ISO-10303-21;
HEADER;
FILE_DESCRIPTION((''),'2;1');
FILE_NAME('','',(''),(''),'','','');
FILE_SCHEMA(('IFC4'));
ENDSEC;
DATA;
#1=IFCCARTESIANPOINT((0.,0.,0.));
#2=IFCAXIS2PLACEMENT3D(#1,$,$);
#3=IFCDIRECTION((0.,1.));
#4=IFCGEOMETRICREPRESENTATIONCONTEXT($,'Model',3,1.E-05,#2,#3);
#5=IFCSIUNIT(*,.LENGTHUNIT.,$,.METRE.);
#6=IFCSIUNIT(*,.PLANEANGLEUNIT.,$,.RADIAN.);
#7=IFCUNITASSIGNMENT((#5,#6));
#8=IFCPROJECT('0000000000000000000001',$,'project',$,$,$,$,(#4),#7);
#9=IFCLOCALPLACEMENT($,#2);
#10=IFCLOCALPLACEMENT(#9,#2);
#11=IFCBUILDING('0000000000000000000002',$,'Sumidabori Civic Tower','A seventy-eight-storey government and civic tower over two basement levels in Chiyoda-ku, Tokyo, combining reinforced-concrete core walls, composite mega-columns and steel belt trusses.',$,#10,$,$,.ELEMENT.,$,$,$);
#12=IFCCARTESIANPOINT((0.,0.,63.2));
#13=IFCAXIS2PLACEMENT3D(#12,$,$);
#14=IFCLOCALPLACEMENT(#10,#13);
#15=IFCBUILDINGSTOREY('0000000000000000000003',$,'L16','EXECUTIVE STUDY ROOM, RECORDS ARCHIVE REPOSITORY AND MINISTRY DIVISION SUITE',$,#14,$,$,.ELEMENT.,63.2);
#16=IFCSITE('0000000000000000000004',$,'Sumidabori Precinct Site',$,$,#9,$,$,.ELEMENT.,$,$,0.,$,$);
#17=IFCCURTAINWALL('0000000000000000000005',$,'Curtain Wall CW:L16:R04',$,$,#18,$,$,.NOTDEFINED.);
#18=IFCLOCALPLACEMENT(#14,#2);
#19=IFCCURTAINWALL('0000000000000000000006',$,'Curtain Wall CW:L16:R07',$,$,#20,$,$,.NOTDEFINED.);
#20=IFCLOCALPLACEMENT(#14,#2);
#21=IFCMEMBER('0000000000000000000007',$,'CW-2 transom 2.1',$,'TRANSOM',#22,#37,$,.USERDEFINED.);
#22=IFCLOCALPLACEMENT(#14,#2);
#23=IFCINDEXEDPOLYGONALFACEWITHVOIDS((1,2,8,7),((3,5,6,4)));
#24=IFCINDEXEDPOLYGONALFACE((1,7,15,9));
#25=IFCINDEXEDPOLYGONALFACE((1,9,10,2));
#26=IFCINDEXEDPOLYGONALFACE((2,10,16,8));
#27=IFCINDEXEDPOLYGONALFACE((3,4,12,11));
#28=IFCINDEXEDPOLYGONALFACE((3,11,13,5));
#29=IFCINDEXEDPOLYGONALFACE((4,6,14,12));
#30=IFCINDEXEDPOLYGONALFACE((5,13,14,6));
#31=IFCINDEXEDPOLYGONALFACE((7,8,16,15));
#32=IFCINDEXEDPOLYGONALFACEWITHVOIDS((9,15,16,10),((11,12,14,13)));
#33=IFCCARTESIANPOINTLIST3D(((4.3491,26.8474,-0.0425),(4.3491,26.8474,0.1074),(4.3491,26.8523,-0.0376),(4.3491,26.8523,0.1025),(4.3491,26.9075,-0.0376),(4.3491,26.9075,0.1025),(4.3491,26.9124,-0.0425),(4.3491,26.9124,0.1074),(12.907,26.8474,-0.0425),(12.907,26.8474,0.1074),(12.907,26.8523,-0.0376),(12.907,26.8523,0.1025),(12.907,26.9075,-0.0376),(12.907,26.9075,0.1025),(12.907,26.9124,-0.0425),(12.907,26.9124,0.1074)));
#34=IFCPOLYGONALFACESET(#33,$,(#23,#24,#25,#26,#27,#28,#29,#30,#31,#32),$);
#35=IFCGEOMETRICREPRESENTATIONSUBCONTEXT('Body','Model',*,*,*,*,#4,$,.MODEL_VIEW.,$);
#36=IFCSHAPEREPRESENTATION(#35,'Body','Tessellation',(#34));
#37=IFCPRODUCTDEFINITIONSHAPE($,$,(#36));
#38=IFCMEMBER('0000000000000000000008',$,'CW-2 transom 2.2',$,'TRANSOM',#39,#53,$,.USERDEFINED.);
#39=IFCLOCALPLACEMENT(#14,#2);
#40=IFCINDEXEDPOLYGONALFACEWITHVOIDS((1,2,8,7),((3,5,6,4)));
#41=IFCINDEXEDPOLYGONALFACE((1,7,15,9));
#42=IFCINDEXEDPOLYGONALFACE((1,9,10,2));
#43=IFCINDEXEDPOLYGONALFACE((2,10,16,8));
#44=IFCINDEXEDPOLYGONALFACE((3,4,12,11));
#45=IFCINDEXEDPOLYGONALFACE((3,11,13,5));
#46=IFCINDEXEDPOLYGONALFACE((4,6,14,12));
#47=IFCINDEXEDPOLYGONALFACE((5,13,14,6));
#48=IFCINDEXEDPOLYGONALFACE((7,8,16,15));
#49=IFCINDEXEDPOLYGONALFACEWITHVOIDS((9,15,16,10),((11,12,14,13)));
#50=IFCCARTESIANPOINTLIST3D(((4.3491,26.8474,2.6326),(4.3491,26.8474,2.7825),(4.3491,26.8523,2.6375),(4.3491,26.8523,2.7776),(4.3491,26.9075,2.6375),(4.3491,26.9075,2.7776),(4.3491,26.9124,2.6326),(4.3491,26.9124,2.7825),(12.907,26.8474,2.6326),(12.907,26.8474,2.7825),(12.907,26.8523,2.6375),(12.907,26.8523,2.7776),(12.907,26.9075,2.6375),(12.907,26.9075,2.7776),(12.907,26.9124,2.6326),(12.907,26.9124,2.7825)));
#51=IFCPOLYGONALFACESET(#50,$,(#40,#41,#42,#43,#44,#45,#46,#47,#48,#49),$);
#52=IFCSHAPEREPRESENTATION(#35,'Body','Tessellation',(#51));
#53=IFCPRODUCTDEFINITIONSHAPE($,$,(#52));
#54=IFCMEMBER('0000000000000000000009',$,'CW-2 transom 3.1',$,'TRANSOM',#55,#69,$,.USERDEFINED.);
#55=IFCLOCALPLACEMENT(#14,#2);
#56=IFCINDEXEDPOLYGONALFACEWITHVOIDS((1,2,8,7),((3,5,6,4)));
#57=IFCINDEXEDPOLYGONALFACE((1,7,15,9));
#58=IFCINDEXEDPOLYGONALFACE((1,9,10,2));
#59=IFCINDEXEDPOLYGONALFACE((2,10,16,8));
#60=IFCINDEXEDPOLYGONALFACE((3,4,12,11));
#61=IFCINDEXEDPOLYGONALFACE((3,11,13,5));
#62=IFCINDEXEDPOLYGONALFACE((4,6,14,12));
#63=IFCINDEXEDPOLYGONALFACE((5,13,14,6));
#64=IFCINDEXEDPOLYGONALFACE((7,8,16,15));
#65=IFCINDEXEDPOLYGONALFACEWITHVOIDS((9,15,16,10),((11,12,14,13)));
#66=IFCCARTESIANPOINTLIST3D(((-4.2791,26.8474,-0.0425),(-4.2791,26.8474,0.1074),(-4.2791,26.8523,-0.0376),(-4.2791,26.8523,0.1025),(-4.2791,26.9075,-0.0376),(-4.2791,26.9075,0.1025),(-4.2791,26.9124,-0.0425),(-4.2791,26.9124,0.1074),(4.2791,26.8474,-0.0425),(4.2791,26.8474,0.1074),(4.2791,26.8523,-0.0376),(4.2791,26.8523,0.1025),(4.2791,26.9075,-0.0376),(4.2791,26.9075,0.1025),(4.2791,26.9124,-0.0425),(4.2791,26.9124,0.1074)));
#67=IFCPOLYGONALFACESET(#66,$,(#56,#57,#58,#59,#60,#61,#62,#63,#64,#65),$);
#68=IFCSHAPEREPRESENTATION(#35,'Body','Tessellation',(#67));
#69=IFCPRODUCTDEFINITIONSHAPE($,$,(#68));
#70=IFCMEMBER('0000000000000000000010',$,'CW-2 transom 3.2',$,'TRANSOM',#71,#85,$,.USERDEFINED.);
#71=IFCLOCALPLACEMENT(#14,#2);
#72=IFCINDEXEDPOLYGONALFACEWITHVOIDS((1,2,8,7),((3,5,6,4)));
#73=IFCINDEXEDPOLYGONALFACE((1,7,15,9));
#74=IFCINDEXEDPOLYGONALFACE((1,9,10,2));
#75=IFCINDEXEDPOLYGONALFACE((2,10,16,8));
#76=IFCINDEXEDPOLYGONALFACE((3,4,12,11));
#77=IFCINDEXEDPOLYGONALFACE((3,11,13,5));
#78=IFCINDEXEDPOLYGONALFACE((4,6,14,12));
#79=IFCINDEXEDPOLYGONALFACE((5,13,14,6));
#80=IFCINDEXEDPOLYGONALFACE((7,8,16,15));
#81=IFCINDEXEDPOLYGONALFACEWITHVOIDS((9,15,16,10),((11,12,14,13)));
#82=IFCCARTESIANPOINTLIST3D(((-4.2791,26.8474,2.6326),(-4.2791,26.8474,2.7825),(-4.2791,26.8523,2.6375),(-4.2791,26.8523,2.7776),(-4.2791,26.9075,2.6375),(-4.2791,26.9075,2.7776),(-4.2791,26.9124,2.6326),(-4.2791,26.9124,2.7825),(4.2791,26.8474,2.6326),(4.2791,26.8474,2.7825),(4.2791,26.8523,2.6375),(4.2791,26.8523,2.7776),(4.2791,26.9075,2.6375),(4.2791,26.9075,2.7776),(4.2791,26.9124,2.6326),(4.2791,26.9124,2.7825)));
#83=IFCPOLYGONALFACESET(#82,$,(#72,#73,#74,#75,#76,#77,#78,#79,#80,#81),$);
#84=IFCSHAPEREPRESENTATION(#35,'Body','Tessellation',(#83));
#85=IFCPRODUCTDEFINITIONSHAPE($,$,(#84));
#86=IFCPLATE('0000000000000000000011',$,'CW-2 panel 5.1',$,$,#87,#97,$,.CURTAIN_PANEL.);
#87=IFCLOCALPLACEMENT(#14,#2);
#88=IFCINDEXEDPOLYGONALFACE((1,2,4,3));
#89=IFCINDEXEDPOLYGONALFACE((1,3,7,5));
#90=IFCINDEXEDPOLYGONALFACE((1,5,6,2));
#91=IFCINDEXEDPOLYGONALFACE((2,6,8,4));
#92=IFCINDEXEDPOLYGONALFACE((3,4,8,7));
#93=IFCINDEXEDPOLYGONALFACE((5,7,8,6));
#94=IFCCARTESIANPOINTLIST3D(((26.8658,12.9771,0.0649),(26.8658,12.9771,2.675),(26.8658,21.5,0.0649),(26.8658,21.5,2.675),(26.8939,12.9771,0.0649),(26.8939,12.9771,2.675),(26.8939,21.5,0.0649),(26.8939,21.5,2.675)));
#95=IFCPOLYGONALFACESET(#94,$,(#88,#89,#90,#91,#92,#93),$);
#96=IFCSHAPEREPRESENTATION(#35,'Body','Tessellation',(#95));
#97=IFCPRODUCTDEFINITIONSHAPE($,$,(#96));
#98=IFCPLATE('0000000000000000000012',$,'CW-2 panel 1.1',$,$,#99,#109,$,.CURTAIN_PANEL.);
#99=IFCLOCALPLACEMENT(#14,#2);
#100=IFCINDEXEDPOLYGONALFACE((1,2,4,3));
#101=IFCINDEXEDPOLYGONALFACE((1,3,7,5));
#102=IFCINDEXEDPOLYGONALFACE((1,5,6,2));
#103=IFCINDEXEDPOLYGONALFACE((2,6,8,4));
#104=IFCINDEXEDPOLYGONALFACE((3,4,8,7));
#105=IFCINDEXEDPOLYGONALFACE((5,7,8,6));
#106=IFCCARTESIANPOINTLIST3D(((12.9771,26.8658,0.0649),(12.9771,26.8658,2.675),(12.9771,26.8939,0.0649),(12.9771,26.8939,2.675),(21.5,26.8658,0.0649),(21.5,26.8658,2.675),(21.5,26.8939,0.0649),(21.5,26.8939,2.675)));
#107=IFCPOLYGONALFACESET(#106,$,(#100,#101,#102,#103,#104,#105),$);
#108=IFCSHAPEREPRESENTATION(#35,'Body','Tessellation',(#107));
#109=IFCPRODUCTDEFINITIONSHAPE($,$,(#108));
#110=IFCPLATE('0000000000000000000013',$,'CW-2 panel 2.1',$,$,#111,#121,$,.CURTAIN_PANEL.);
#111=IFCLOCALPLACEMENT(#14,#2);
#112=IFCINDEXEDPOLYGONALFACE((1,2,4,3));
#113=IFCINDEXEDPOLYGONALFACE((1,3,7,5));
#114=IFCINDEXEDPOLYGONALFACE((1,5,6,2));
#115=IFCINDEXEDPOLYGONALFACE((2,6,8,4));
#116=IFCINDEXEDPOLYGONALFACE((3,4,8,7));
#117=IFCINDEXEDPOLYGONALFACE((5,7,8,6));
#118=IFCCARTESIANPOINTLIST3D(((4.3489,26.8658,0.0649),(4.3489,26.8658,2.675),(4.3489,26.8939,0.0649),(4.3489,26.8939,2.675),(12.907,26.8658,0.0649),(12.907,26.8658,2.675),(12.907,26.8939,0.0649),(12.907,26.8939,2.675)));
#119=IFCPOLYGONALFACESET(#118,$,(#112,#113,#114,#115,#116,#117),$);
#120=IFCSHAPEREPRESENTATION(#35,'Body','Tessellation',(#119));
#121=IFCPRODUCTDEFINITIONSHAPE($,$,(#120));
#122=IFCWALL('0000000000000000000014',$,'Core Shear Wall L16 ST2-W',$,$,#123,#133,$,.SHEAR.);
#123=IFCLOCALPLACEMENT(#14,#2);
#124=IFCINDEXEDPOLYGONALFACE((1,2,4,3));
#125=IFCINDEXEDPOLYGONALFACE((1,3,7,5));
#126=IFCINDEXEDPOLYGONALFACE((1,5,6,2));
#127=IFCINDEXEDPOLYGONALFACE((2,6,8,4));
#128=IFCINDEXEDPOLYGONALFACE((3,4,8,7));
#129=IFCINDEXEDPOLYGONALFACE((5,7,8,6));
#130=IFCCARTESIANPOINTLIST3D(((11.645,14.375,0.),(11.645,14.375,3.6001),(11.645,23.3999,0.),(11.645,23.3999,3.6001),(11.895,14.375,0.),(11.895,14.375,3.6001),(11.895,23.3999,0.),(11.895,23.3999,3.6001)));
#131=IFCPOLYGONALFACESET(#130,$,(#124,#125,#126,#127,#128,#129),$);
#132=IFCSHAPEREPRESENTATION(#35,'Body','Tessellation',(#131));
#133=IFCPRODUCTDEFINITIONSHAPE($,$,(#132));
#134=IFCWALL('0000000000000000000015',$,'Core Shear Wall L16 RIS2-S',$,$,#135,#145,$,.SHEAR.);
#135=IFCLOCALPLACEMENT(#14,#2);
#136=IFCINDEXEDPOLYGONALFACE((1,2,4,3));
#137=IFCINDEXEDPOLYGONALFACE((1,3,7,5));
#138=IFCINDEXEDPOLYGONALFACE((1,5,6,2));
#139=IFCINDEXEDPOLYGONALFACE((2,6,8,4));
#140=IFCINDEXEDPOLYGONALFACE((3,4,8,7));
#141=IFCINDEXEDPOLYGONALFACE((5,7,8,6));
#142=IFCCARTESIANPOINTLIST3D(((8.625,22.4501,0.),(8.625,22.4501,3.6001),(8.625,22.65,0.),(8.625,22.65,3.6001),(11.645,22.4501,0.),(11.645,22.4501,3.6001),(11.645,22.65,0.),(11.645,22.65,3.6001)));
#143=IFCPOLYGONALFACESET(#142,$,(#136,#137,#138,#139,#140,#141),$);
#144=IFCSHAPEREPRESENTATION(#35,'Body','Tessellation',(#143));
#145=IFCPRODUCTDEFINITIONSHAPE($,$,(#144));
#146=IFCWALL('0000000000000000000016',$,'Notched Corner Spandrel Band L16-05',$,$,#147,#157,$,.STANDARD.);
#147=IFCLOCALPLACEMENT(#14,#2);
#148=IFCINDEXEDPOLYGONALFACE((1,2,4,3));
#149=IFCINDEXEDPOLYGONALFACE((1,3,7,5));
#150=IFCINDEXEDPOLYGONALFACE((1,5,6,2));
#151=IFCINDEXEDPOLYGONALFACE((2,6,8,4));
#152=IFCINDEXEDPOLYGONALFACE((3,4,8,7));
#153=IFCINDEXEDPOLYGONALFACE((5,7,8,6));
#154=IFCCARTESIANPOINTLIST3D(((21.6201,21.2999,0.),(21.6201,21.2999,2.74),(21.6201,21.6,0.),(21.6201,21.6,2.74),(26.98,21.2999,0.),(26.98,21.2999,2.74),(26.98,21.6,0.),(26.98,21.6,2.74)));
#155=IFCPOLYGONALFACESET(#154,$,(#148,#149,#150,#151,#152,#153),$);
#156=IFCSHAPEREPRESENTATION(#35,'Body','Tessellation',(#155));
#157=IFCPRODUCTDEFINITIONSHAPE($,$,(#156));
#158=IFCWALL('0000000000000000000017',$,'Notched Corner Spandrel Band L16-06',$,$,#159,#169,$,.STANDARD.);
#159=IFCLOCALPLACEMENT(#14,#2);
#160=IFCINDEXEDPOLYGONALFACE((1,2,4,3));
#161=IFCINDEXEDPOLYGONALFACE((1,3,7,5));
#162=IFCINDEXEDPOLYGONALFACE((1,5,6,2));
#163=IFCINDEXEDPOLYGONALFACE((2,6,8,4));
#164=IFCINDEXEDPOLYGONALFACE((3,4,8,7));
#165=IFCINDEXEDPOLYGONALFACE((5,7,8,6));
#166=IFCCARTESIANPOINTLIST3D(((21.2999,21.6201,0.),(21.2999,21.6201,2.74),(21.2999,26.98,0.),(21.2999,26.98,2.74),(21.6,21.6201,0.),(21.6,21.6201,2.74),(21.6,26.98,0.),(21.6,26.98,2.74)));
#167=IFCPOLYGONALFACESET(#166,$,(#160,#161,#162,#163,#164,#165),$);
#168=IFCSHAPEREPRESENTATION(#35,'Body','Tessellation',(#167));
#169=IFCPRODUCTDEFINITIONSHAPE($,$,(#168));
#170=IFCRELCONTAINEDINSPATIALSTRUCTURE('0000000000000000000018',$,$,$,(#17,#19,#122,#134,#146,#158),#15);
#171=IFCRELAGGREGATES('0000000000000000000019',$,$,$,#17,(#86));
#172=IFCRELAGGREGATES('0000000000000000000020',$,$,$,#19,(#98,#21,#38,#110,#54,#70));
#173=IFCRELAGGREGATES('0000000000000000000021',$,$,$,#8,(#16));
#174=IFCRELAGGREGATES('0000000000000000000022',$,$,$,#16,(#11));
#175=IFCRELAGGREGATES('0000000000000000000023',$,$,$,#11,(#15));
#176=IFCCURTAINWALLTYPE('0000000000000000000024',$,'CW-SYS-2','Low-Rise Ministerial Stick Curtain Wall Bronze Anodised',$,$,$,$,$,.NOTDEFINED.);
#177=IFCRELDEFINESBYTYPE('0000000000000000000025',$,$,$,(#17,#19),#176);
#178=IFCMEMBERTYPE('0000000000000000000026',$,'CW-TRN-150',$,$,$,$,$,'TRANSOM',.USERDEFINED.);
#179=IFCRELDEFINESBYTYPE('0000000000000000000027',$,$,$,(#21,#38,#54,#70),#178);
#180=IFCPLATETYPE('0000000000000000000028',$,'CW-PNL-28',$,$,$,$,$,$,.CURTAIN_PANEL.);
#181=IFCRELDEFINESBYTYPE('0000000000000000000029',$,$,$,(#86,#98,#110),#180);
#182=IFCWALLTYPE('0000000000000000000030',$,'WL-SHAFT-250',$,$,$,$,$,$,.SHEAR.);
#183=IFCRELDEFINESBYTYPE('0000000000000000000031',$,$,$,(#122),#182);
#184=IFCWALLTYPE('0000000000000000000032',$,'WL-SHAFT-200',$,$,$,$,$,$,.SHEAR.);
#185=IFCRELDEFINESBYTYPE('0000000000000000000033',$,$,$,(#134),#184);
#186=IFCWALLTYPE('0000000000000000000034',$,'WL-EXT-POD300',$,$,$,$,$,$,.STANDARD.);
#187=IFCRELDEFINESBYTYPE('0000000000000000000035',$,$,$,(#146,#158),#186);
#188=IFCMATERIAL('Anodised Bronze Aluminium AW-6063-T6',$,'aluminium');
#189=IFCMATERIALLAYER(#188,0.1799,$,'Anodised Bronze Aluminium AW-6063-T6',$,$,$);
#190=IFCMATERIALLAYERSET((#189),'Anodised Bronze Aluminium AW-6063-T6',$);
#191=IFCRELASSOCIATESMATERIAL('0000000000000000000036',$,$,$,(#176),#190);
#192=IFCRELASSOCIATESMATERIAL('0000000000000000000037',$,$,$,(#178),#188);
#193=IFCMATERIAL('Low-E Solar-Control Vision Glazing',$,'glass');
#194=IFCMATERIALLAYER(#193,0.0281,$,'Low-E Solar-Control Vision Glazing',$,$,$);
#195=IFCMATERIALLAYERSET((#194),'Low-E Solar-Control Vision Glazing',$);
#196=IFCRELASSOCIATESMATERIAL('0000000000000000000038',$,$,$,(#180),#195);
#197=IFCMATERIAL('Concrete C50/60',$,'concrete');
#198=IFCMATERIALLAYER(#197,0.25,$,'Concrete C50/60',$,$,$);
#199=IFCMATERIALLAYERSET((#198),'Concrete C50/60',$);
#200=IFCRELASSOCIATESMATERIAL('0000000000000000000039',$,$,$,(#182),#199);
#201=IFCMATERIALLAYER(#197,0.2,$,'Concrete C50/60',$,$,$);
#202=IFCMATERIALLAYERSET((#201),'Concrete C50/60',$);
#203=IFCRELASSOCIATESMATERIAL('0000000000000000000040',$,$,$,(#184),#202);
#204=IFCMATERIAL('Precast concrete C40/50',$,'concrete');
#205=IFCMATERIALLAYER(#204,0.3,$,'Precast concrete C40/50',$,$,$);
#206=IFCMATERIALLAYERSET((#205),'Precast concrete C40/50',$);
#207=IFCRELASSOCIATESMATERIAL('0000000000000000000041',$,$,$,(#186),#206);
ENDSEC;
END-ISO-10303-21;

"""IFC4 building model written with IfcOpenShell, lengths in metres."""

from ifc_helpers import new_model, si_unit, direction, frame, frame_2d, origin, origin_2d, place, context, subcontext, project, spatial, rectangle, hollow_rectangle, extrude, source, transform, mapped, material, layer, layer_set, material_profile, profile_set, type_object, element, aggregate, save


model = new_model("IFC4")

# Units and contexts
model_context = context("Model", 3, precision=1e-05, world=origin(), true_north=direction((0.0, 1.0)))
body_context = subcontext(model_context, "Body", "Model", "MODEL_VIEW")
ifc_project = project(units=[si_unit("LENGTHUNIT", "METRE"), si_unit("PLANEANGLEUNIT", "RADIAN")], contexts=[model_context])

# Site, building, storey
site_placement = place(None, origin())
site = spatial("IfcSite", under=ifc_project, at=site_placement, Name="Sumidabori Precinct Site", CompositionType="ELEMENT", RefElevation=0.0)
building_placement = place(site_placement, origin())
building = spatial("IfcBuilding", under=site, at=building_placement, Name="Sumidabori Civic Tower", Description="A seventy-eight-storey government and civic tower over two basement levels in Chiyoda-ku, Tokyo, combining reinforced-concrete core walls, composite mega-columns and steel belt trusses.", CompositionType="ELEMENT")
storey_placement = place(building_placement, frame((0.0, 0.0, 63.2)))
storey = spatial("IfcBuildingStorey", under=building, at=storey_placement, Name="L16", Description="EXECUTIVE STUDY ROOM, RECORDS ARCHIVE REPOSITORY AND MINISTRY DIVISION SUITE", CompositionType="ELEMENT", Elevation=63.2)

# Curtain wall
ifc_material_1 = material(Name="Anodised Bronze Aluminium AW-6063-T6", Category="aluminium")
ifc_layer_1 = layer(ifc_material_1, 0.1799, Name="Anodised Bronze Aluminium AW-6063-T6")
ifc_layer_set_1 = layer_set([ifc_layer_1], Name="Anodised Bronze Aluminium AW-6063-T6")
curtain_wall_type = type_object("IfcCurtainWallType", Name="CW-SYS-2", Description="Low-Rise Ministerial Stick Curtain Wall Bronze Anodised", PredefinedType="NOTDEFINED", material=ifc_layer_set_1)
curtain_wall_1_placement = place(storey_placement, origin())
curtain_wall_1 = element("IfcCurtainWall", 1, at=curtain_wall_1_placement, inside=storey, type_object=curtain_wall_type, Name="Curtain Wall CW:L16:R04", PredefinedType="NOTDEFINED")

# Curtain wall, members
curtain_wall_2_placement = place(storey_placement, origin())
curtain_wall_2 = element("IfcCurtainWall", 2, at=curtain_wall_2_placement, inside=storey, type_object=curtain_wall_type, Name="Curtain Wall CW:L16:R07", PredefinedType="NOTDEFINED")
ifc_material_profile_1 = material_profile(ifc_material_1, hollow_rectangle(XDim=0.0649, YDim=0.1499, WallThickness=0.0049, at=origin_2d()), Name="ALU TRANSOM 150x65")
ifc_profile_set_1 = profile_set([ifc_material_profile_1], Name="Anodised Bronze Aluminium AW-6063-T6")
member_type_1 = type_object("IfcMemberType", Name="CW-TRN-150", ElementType="TRANSOM", PredefinedType="USERDEFINED", material=ifc_profile_set_1)
shared_shape_1 = source(origin(), body_context, "Body", "SweptSolid", [
    extrude(hollow_rectangle(XDim=0.0649, YDim=0.1499, WallThickness=0.0049, at=origin_2d()), origin(), (0.0, 0.0, 1.0), 8.5579),
])
member_1_placement = place(storey_placement, frame((12.907, 26.8799, 0.0325), z_axis=(-1.0, 0.0, 0.0), x_axis=(0.0, -1.0, 0.0)))
member_1 = element("IfcMember", 3, at=member_1_placement, type_object=member_type_1, Name="CW-2 transom 2.1", ObjectType="TRANSOM", PredefinedType="USERDEFINED", context=body_context, shape_type="MappedRepresentation", body=[
    mapped(shared_shape_1, transform((0.0, 0.0, 0.0), x_axis=(1.0, 0.0, 0.0), y_axis=(0.0, 1.0, 0.0), z_axis=(0.0, 0.0, 1.0), scale=1.0)),
])
member_2_placement = place(storey_placement, frame((12.907, 26.8799, 2.7075), z_axis=(-1.0, 0.0, 0.0), x_axis=(0.0, -1.0, 0.0)))
member_2 = element("IfcMember", 4, at=member_2_placement, type_object=member_type_1, Name="CW-2 transom 2.2", ObjectType="TRANSOM", PredefinedType="USERDEFINED", context=body_context, shape_type="MappedRepresentation", body=[
    mapped(shared_shape_1, transform((0.0, 0.0, 0.0), x_axis=(1.0, 0.0, 0.0), y_axis=(0.0, 1.0, 0.0), z_axis=(0.0, 0.0, 1.0), scale=1.0)),
])
shared_shape_2 = source(origin(), body_context, "Body", "SweptSolid", [
    extrude(hollow_rectangle(XDim=0.0649, YDim=0.1499, WallThickness=0.0049, at=origin_2d()), origin(), (0.0, 0.0, 1.0), 8.5581),
])
member_3_placement = place(storey_placement, frame((4.2791, 26.8799, 0.0325), z_axis=(-1.0, 0.0, 0.0), x_axis=(0.0, -1.0, 0.0)))
member_3 = element("IfcMember", 5, at=member_3_placement, type_object=member_type_1, Name="CW-2 transom 3.1", ObjectType="TRANSOM", PredefinedType="USERDEFINED", context=body_context, shape_type="MappedRepresentation", body=[
    mapped(shared_shape_2, transform((0.0, 0.0, 0.0), x_axis=(1.0, 0.0, 0.0), y_axis=(0.0, 1.0, 0.0), z_axis=(0.0, 0.0, 1.0), scale=1.0)),
])
member_4_placement = place(storey_placement, frame((4.2791, 26.8799, 2.7075), z_axis=(-1.0, 0.0, 0.0), x_axis=(0.0, -1.0, 0.0)))
member_4 = element("IfcMember", 6, at=member_4_placement, type_object=member_type_1, Name="CW-2 transom 3.2", ObjectType="TRANSOM", PredefinedType="USERDEFINED", context=body_context, shape_type="MappedRepresentation", body=[
    mapped(shared_shape_2, transform((0.0, 0.0, 0.0), x_axis=(1.0, 0.0, 0.0), y_axis=(0.0, 1.0, 0.0), z_axis=(0.0, 0.0, 1.0), scale=1.0)),
])

# Plates
ifc_material_2 = material(Name="Low-E Solar-Control Vision Glazing", Category="glass")
ifc_layer_2 = layer(ifc_material_2, 0.0281, Name="Low-E Solar-Control Vision Glazing")
ifc_layer_set_2 = layer_set([ifc_layer_2], Name="Low-E Solar-Control Vision Glazing")
plate_type = type_object("IfcPlateType", Name="CW-PNL-28", PredefinedType="CURTAIN_PANEL", material=ifc_layer_set_2)
shared_shape_3 = source(origin(), body_context, "Body", "SweptSolid", [
    extrude(rectangle(XDim=8.5229, YDim=0.0281, at=origin_2d()), origin(), (0.0, 0.0, 1.0), 2.6101),
])
plate_1_placement = place(storey_placement, frame((26.8799, 17.2385, 0.0649), z_axis=(0.0, 0.0, 1.0), x_axis=(0.0, 1.0, 0.0)))
plate_1 = element("IfcPlate", 7, at=plate_1_placement, type_object=plate_type, Name="CW-2 panel 5.1", PredefinedType="CURTAIN_PANEL", context=body_context, shape_type="MappedRepresentation", body=[
    mapped(shared_shape_3, transform((0.0, 0.0, 0.0), x_axis=(1.0, 0.0, 0.0), y_axis=(0.0, 1.0, 0.0), z_axis=(0.0, 0.0, 1.0), scale=1.0)),
])
aggregate(curtain_wall_1, [plate_1])
plate_2_placement = place(storey_placement, frame((17.2385, 26.8799, 0.0649), z_axis=(0.0, 0.0, 1.0), x_axis=(-1.0, 0.0, 0.0)))
plate_2 = element("IfcPlate", 8, at=plate_2_placement, type_object=plate_type, Name="CW-2 panel 1.1", PredefinedType="CURTAIN_PANEL", context=body_context, shape_type="MappedRepresentation", body=[
    mapped(shared_shape_3, transform((0.0, 0.0, 0.0), x_axis=(1.0, 0.0, 0.0), y_axis=(0.0, 1.0, 0.0), z_axis=(0.0, 0.0, 1.0), scale=1.0)),
])
shared_shape_4 = source(origin(), body_context, "Body", "SweptSolid", [
    extrude(rectangle(XDim=8.5581, YDim=0.0281, at=origin_2d()), origin(), (0.0, 0.0, 1.0), 2.6101),
])
plate_3_placement = place(storey_placement, frame((8.6279, 26.8799, 0.0649), z_axis=(0.0, 0.0, 1.0), x_axis=(-1.0, 0.0, 0.0)))
plate_3 = element("IfcPlate", 9, at=plate_3_placement, type_object=plate_type, Name="CW-2 panel 2.1", PredefinedType="CURTAIN_PANEL", context=body_context, shape_type="MappedRepresentation", body=[
    mapped(shared_shape_4, transform((0.0, 0.0, 0.0), x_axis=(1.0, 0.0, 0.0), y_axis=(0.0, 1.0, 0.0), z_axis=(0.0, 0.0, 1.0), scale=1.0)),
])
aggregate(curtain_wall_2, [plate_2, member_1, member_2, plate_3, member_3, member_4])

# Shared definitions
ifc_material_3 = material(Name="Concrete C50/60", Category="concrete")
ifc_layer_3 = layer(ifc_material_3, 0.25, Name="Concrete C50/60")
ifc_layer_set_3 = layer_set([ifc_layer_3], Name="Concrete C50/60")
wall_type_1 = type_object("IfcWallType", Name="WL-SHAFT-250", PredefinedType="SHEAR", material=ifc_layer_set_3)

# Walls
shared_shape_5 = source(origin(), body_context, "Body", "SweptSolid", [
    extrude(rectangle(XDim=9.0249, YDim=0.25, at=frame_2d((4.5125, 0.0))), origin(), (0.0, 0.0, 1.0), 3.6001),
])
wall_1_placement = place(storey_placement, frame((11.77, 14.375, 0.0), z_axis=(0.0, 0.0, 1.0), x_axis=(0.0, 1.0, 0.0)))
element("IfcWall", 10, at=wall_1_placement, inside=storey, type_object=wall_type_1, Name="Core Shear Wall L16 ST2-W", PredefinedType="SHEAR", context=body_context, shape_type="MappedRepresentation", body=[
    mapped(shared_shape_5, transform((0.0, 0.0, 0.0), x_axis=(1.0, 0.0, 0.0), y_axis=(0.0, 1.0, 0.0), z_axis=(0.0, 0.0, 1.0), scale=1.0)),
])
ifc_layer_4 = layer(ifc_material_3, 0.2, Name="Concrete C50/60")
ifc_layer_set_4 = layer_set([ifc_layer_4], Name="Concrete C50/60")
wall_type_2 = type_object("IfcWallType", Name="WL-SHAFT-200", PredefinedType="SHEAR", material=ifc_layer_set_4)
shared_shape_6 = source(origin(), body_context, "Body", "SweptSolid", [
    extrude(rectangle(XDim=3.02, YDim=0.2, at=frame_2d((1.51, 0.0))), origin(), (0.0, 0.0, 1.0), 3.6001),
])
wall_2_placement = place(storey_placement, frame((8.625, 22.55, 0.0), z_axis=(0.0, 0.0, 1.0), x_axis=(1.0, 0.0, 0.0)))
element("IfcWall", 11, at=wall_2_placement, inside=storey, type_object=wall_type_2, Name="Core Shear Wall L16 RIS2-S", PredefinedType="SHEAR", context=body_context, shape_type="MappedRepresentation", body=[
    mapped(shared_shape_6, transform((0.0, 0.0, 0.0), x_axis=(1.0, 0.0, 0.0), y_axis=(0.0, 1.0, 0.0), z_axis=(0.0, 0.0, 1.0), scale=1.0)),
])
ifc_material_4 = material(Name="Precast concrete C40/50", Category="concrete")
ifc_layer_5 = layer(ifc_material_4, 0.3, Name="Precast concrete C40/50")
ifc_layer_set_5 = layer_set([ifc_layer_5], Name="Precast concrete C40/50")
wall_type_3 = type_object("IfcWallType", Name="WL-EXT-POD300", PredefinedType="STANDARD", material=ifc_layer_set_5)
shared_shape_7 = source(origin(), body_context, "Body", "SweptSolid", [
    extrude(rectangle(XDim=5.3599, YDim=0.3, at=frame_2d((2.6799, 0.0))), origin(), (0.0, 0.0, 1.0), 2.74),
])
for number, where, z_axis, x_axis, name in (
    (12, (26.98, 21.45, 0.0), (0.0, 0.0, 1.0), (-1.0, 0.0, 0.0), "Notched Corner Spandrel Band L16-05"),
    (13, (21.45, 21.6201, 0.0), (0.0, 0.0, 1.0), (0.0, 1.0, 0.0), "Notched Corner Spandrel Band L16-06"),
):
    element("IfcWall", number, at=place(storey_placement, frame(where, z_axis=z_axis, x_axis=x_axis)), inside=storey, type_object=wall_type_3, Name=name, PredefinedType="STANDARD", context=body_context, shape_type="MappedRepresentation", body=[
        mapped(shared_shape_7, transform((0.0, 0.0, 0.0), x_axis=(1.0, 0.0, 0.0), y_axis=(0.0, 1.0, 0.0), z_axis=(0.0, 0.0, 1.0), scale=1.0)),
    ])

save(model, "model.ifc")
